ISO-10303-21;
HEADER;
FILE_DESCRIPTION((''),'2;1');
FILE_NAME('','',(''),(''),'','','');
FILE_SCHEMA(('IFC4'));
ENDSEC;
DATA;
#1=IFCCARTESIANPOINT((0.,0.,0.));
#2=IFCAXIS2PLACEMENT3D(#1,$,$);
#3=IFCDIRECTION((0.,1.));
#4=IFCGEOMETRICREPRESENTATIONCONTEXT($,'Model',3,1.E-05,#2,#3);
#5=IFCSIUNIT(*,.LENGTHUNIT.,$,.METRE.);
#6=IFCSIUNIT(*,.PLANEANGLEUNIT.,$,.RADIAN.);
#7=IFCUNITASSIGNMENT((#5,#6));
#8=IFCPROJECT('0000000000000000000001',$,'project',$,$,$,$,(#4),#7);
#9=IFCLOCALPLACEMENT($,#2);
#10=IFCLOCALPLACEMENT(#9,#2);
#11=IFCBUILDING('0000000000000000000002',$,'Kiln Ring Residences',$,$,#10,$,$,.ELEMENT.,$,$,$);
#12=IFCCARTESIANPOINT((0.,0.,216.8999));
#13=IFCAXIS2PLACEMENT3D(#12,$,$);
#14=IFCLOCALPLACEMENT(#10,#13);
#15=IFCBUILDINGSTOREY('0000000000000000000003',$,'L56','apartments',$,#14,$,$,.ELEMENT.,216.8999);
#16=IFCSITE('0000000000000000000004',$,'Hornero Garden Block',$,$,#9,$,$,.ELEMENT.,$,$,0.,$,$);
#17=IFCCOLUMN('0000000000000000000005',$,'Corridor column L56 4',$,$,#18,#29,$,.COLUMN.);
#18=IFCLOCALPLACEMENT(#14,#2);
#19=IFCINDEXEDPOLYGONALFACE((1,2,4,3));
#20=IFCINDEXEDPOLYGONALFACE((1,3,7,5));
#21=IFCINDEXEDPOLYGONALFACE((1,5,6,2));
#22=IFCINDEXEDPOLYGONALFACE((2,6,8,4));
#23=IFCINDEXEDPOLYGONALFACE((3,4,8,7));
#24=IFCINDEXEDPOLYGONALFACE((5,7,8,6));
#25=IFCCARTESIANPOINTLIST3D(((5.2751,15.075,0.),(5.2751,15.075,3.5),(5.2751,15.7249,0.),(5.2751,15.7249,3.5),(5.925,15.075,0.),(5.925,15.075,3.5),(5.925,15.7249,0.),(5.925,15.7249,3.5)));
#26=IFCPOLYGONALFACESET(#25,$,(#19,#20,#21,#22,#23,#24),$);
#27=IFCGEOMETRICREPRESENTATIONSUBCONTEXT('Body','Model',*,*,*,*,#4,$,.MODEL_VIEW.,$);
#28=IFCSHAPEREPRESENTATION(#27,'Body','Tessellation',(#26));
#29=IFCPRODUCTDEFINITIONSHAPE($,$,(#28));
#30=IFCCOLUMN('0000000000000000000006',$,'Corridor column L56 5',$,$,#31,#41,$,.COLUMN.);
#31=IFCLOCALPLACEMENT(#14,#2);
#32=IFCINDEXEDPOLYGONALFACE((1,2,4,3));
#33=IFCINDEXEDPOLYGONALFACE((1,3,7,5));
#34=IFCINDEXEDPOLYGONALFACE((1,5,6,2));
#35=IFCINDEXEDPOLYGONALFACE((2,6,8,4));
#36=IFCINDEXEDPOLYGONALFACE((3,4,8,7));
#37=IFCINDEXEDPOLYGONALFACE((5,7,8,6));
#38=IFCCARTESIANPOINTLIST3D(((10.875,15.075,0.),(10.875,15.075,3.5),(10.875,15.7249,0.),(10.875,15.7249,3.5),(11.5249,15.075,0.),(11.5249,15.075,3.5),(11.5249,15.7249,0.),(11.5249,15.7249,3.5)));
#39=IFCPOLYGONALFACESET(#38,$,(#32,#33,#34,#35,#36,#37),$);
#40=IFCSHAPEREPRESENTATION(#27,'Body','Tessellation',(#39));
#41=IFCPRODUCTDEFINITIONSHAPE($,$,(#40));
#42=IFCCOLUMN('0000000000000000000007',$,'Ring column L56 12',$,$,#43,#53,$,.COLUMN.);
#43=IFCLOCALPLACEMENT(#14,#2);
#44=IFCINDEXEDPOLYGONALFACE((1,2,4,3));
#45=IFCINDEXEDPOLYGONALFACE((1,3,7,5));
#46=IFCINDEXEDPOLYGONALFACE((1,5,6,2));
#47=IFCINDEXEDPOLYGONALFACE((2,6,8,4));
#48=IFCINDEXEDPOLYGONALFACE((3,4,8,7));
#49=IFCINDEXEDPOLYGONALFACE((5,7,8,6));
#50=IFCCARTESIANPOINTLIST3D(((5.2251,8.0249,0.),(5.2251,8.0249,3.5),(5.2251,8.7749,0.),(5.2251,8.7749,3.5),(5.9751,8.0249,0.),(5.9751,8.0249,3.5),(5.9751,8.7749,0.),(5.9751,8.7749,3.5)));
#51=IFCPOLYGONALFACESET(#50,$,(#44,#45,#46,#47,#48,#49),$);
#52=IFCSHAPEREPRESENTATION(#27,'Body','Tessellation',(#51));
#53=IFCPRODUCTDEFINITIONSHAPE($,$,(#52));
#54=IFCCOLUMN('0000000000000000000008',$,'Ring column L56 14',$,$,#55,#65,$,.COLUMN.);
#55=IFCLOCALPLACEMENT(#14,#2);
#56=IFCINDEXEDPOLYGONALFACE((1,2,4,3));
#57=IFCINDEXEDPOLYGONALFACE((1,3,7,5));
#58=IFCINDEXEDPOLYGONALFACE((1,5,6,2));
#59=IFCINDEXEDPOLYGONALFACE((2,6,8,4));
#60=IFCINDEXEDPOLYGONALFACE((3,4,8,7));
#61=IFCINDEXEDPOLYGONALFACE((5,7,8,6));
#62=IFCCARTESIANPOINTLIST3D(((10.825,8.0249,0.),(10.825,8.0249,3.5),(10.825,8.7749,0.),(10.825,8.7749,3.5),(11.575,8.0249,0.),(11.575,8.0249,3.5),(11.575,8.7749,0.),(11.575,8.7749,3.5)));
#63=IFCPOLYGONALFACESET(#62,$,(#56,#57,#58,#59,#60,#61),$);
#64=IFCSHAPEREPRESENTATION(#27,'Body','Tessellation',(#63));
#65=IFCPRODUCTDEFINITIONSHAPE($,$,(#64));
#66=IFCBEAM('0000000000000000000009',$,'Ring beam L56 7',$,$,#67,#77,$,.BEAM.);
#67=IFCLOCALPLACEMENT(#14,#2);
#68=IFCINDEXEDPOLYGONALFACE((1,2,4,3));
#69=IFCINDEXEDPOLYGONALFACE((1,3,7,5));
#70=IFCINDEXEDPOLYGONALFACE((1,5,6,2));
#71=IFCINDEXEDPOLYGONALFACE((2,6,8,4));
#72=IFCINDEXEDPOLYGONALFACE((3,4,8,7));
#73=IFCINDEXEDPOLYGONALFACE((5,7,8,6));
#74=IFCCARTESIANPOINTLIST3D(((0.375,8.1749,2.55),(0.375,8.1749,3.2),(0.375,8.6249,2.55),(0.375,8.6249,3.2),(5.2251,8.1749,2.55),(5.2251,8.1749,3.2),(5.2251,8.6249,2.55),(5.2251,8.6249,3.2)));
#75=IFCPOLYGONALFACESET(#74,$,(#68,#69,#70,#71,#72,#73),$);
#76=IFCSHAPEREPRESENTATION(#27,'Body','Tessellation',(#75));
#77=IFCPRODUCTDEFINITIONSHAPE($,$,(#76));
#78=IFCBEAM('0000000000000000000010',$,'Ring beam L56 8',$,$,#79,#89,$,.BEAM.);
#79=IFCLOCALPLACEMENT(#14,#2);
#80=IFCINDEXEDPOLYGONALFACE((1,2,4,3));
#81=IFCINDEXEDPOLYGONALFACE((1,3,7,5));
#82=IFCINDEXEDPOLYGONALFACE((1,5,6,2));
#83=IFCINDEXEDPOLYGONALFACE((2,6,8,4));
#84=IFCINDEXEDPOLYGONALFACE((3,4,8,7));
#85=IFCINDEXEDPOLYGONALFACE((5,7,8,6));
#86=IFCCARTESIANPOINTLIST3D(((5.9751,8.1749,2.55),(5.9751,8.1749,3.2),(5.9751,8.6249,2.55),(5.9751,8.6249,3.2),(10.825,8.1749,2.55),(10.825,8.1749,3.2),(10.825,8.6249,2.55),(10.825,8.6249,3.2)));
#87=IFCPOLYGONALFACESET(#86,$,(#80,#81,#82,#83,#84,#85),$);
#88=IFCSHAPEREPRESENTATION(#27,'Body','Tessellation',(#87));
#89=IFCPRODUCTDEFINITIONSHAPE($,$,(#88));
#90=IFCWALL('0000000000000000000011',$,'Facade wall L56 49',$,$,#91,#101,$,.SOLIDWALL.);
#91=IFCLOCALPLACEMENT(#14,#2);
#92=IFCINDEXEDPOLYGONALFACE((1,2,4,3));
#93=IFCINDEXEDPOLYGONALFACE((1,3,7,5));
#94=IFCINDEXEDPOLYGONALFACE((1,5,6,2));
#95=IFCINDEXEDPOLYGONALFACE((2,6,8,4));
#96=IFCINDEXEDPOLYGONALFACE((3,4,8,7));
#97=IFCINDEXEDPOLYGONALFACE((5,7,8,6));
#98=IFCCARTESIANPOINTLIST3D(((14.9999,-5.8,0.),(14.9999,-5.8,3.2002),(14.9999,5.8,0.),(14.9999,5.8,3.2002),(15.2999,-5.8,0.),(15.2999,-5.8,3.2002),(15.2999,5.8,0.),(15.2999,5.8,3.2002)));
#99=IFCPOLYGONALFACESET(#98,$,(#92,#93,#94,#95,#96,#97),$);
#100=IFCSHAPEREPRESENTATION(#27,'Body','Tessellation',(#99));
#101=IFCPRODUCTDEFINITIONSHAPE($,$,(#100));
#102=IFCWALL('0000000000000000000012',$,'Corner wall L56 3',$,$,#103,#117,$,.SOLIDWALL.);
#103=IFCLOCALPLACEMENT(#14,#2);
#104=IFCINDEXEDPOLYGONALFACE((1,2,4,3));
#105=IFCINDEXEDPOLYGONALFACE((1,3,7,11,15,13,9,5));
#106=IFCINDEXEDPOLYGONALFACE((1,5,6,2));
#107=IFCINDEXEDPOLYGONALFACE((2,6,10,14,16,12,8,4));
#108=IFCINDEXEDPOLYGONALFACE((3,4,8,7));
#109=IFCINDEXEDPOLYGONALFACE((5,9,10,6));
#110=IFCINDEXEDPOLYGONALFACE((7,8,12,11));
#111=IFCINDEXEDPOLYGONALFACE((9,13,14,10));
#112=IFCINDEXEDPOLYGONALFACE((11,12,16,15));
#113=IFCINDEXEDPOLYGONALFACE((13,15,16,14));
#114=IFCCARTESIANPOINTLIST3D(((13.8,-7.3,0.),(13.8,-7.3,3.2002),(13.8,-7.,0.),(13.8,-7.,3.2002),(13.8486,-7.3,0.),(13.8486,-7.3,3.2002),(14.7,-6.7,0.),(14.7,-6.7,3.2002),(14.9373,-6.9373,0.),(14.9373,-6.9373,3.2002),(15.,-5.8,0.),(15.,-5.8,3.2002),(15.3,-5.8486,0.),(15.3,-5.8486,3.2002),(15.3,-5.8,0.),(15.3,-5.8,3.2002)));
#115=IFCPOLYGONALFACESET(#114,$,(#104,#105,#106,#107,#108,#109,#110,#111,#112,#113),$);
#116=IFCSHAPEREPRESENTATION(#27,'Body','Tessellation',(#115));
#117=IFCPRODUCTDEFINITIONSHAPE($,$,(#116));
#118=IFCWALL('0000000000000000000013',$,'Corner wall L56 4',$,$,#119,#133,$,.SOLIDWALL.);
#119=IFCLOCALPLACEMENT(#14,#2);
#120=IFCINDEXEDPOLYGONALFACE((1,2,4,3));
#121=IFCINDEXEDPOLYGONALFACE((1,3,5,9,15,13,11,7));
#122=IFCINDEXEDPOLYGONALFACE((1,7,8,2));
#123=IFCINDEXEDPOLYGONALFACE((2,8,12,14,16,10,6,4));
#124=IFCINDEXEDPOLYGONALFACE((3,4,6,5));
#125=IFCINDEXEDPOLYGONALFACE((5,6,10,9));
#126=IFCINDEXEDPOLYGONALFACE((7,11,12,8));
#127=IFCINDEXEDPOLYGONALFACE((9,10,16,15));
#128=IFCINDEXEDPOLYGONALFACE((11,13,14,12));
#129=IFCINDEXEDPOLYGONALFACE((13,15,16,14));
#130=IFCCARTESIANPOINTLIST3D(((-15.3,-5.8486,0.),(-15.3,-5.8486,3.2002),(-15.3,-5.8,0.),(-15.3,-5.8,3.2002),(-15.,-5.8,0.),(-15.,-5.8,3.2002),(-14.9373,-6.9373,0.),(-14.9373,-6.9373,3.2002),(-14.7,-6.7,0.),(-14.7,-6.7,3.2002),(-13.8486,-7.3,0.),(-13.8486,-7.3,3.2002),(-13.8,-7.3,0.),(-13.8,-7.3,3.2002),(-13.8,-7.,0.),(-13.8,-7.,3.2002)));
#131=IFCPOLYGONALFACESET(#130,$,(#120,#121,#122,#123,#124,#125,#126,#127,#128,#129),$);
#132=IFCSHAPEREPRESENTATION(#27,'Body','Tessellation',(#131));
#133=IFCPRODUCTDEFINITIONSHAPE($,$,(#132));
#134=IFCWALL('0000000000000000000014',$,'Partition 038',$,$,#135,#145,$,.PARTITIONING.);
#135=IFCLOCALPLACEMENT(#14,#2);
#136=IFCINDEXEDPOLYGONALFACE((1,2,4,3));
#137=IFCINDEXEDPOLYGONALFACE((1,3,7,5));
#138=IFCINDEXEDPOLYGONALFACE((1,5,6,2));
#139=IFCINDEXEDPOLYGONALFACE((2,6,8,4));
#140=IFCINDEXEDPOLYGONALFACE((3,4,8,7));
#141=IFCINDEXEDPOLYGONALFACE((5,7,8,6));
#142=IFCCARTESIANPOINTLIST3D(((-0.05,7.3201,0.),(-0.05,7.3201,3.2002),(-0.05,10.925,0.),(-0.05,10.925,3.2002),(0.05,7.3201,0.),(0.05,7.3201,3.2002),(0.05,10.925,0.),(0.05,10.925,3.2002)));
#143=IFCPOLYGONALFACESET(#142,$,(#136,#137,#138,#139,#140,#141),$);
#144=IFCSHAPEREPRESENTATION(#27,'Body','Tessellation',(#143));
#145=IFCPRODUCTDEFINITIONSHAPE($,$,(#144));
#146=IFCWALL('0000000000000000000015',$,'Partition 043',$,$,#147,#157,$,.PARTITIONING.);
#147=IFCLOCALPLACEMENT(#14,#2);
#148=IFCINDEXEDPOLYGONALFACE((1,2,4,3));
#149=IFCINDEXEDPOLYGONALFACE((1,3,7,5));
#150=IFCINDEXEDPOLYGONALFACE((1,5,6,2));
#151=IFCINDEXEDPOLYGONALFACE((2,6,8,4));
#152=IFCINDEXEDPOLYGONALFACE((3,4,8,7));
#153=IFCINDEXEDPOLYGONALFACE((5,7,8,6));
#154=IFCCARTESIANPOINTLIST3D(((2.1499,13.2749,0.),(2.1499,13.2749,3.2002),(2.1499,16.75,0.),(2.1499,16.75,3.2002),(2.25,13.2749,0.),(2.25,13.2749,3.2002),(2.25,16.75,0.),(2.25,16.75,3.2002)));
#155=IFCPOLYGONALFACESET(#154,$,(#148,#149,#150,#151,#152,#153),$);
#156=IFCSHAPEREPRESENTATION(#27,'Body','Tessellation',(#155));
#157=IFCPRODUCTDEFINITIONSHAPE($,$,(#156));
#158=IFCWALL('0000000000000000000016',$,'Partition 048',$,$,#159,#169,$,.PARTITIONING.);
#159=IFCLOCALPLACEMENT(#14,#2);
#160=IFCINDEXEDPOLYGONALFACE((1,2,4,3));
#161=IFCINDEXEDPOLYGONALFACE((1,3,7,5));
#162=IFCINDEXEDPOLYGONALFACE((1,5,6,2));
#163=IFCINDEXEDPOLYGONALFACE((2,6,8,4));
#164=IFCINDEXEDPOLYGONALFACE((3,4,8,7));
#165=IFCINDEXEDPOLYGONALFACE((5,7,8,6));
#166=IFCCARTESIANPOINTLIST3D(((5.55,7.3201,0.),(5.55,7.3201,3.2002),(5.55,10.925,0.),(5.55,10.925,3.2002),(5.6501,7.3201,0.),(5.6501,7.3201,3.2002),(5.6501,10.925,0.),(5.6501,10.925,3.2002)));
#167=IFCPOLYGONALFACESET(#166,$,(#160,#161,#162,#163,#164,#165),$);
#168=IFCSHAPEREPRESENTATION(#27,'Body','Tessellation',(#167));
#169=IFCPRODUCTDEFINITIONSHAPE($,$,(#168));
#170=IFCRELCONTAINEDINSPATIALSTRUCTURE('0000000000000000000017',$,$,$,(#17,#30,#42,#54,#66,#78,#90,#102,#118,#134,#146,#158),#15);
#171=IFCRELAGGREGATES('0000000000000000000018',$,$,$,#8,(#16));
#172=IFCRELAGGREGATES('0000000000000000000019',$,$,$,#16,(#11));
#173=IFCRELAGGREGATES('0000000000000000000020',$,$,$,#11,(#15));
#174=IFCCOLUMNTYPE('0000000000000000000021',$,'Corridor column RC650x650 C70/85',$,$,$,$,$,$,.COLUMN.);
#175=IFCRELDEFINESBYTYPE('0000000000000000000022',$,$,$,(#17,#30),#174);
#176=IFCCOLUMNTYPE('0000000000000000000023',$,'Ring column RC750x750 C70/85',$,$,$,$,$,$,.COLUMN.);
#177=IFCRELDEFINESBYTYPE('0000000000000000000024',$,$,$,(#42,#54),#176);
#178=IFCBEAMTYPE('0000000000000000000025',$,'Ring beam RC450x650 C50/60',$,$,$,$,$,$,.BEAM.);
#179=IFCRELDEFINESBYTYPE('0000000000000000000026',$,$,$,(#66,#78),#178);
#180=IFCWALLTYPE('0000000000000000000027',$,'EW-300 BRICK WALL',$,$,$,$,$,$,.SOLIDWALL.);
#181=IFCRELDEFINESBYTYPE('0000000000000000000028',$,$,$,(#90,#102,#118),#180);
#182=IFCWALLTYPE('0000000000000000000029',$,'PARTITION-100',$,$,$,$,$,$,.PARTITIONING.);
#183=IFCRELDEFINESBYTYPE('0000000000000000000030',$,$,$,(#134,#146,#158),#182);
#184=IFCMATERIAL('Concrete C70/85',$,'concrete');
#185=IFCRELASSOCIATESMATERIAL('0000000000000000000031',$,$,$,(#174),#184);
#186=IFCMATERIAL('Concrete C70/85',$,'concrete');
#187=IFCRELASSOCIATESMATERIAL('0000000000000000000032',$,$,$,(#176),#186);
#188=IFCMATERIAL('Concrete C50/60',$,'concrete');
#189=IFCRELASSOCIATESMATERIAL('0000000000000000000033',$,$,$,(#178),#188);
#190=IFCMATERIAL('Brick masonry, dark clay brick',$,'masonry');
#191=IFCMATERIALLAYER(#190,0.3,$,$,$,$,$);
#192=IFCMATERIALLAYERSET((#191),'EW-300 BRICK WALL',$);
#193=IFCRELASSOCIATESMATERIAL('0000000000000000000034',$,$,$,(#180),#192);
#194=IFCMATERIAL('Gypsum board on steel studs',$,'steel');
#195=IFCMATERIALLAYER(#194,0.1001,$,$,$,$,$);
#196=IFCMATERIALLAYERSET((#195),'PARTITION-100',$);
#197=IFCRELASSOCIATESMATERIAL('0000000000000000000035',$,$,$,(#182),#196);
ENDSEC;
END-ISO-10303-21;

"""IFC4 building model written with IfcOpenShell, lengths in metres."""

from ifc_helpers import new_model, si_unit, direction, frame, frame_2d, origin, origin_2d, place, context, subcontext, project, spatial, polyline, rectangle, outline, extrude, material, layer, layer_set, material_profile, profile_set, type_object, element, save


model = new_model("IFC4")

# Units and contexts
model_context = context("Model", 3, precision=1e-05, world=origin(), true_north=direction((0.0, 1.0)))
body_context = subcontext(model_context, "Body", "Model", "MODEL_VIEW")
ifc_project = project(units=[si_unit("LENGTHUNIT", "METRE"), si_unit("PLANEANGLEUNIT", "RADIAN")], contexts=[model_context])

# Site, building, storey
site_placement = place(None, origin())
site = spatial("IfcSite", under=ifc_project, at=site_placement, Name="Hornero Garden Block", CompositionType="ELEMENT", RefElevation=0.0)
building_placement = place(site_placement, origin())
building = spatial("IfcBuilding", under=site, at=building_placement, Name="Kiln Ring Residences", CompositionType="ELEMENT")
storey_placement = place(building_placement, frame((0.0, 0.0, 216.8999)))
storey = spatial("IfcBuildingStorey", under=building, at=storey_placement, Name="L56", Description="apartments", CompositionType="ELEMENT", Elevation=216.8999)

# Columns
ifc_material_1 = material(Name="Concrete C70/85", Category="concrete")
ifc_material_profile_1 = material_profile(ifc_material_1, rectangle(XDim=0.6499, YDim=0.6499, at=origin_2d()), Name="RC650x650")
ifc_profile_set_1 = profile_set([ifc_material_profile_1], Name="Concrete C70/85")
column_type_1 = type_object("IfcColumnType", Name="Corridor column RC650x650 C70/85", PredefinedType="COLUMN", material=ifc_profile_set_1)
for number, where, z_axis, x_axis, name in (
    (1, (5.6001, 15.3999, 0.0), (0.0, 0.0, 1.0), (1.0, 0.0, 0.0), "Corridor column L56 4"),
    (2, (11.2, 15.3999, 0.0), (0.0, 0.0, 1.0), (1.0, 0.0, 0.0), "Corridor column L56 5"),
):
    element("IfcColumn", number, at=place(storey_placement, frame(where, z_axis=z_axis, x_axis=x_axis)), inside=storey, type_object=column_type_1, Name=name, PredefinedType="COLUMN", context=body_context, shape_type="SweptSolid", body=[
        extrude(rectangle(XDim=0.6499, YDim=0.6499, at=origin_2d()), origin(), (0.0, 0.0, 1.0), 3.5),
    ])
ifc_material_2 = material(Name="Concrete C70/85", Category="concrete")
ifc_material_profile_2 = material_profile(ifc_material_2, rectangle(XDim=0.75, YDim=0.75, at=origin_2d()), Name="RC750x750")
ifc_profile_set_2 = profile_set([ifc_material_profile_2], Name="Concrete C70/85")
column_type_2 = type_object("IfcColumnType", Name="Ring column RC750x750 C70/85", PredefinedType="COLUMN", material=ifc_profile_set_2)
for number, where, z_axis, x_axis, name in (
    (3, (5.6001, 8.3999, 0.0), (0.0, 0.0, 1.0), (1.0, 0.0, 0.0), "Ring column L56 12"),
    (4, (11.2, 8.3999, 0.0), (0.0, 0.0, 1.0), (1.0, 0.0, 0.0), "Ring column L56 14"),
):
    element("IfcColumn", number, at=place(storey_placement, frame(where, z_axis=z_axis, x_axis=x_axis)), inside=storey, type_object=column_type_2, Name=name, PredefinedType="COLUMN", context=body_context, shape_type="SweptSolid", body=[
        extrude(rectangle(XDim=0.75, YDim=0.75, at=origin_2d()), origin(), (0.0, 0.0, 1.0), 3.5),
    ])

# Beams
ifc_material_3 = material(Name="Concrete C50/60", Category="concrete")
ifc_material_profile_3 = material_profile(ifc_material_3, rectangle(XDim=0.45, YDim=0.6499, at=origin_2d()), Name="RC450x650")
ifc_profile_set_3 = profile_set([ifc_material_profile_3], Name="Concrete C50/60")
beam_type = type_object("IfcBeamType", Name="Ring beam RC450x650 C50/60", PredefinedType="BEAM", material=ifc_profile_set_3)
beam_1_placement = place(storey_placement, frame((0.375, 8.3999, 2.875), z_axis=(1.0, 0.0, 0.0), x_axis=(0.0, 1.0, 0.0)))
element("IfcBeam", 5, at=beam_1_placement, inside=storey, type_object=beam_type, Name="Ring beam L56 7", PredefinedType="BEAM", context=body_context, shape_type="SweptSolid", body=[
    extrude(rectangle(XDim=0.45, YDim=0.6499, at=origin_2d()), origin(), (0.0, 0.0, 1.0), 4.8501),
])
beam_2_placement = place(storey_placement, frame((5.9751, 8.3999, 2.875), z_axis=(1.0, 0.0, 0.0), x_axis=(0.0, 1.0, 0.0)))
element("IfcBeam", 6, at=beam_2_placement, inside=storey, type_object=beam_type, Name="Ring beam L56 8", PredefinedType="BEAM", context=body_context, shape_type="SweptSolid", body=[
    extrude(rectangle(XDim=0.45, YDim=0.6499, at=origin_2d()), origin(), (0.0, 0.0, 1.0), 4.8499),
])

# Walls
ifc_material_4 = material(Name="Brick masonry, dark clay brick", Category="masonry")
ifc_layer_1 = layer(ifc_material_4, 0.3)
ifc_layer_set_1 = layer_set([ifc_layer_1], Name="EW-300 BRICK WALL")
wall_type_1 = type_object("IfcWallType", Name="EW-300 BRICK WALL", PredefinedType="SOLIDWALL", material=ifc_layer_set_1)
wall_1_placement = place(storey_placement, frame((15.1499, 5.8, 0.0), z_axis=(0.0, 0.0, 1.0), x_axis=(0.0, -1.0, 0.0)))
element("IfcWall", 7, at=wall_1_placement, inside=storey, type_object=wall_type_1, Name="Facade wall L56 49", PredefinedType="SOLIDWALL", context=body_context, shape_type="SweptSolid", body=[
    extrude(rectangle(XDim=11.6001, YDim=0.3, at=frame_2d((5.8, 0.0))), origin(), (0.0, 0.0, 1.0), 3.2002),
])
placement = place(storey_placement, origin())
element("IfcWall", 8, at=placement, inside=storey, type_object=wall_type_1, Name="Corner wall L56 3", PredefinedType="SOLIDWALL", context=body_context, shape_type="SweptSolid", body=[
    extrude(outline(polyline([(14.9373, -6.9373), (15.3, -5.8486), (15.3, -5.8), (15.0, -5.8), (14.7, -6.7), (13.8, -7.0), (13.8, -7.3), (13.8486, -7.3), (14.9373, -6.9373)])), origin(), (0.0, 0.0, 1.0), 3.2002),
])
element("IfcWall", 9, at=placement, inside=storey, type_object=wall_type_1, Name="Corner wall L56 4", PredefinedType="SOLIDWALL", context=body_context, shape_type="SweptSolid", body=[
    extrude(outline(polyline([(-14.9373, -6.9373), (-13.8486, -7.3), (-13.8, -7.3), (-13.8, -7.0), (-14.7, -6.7), (-15.0, -5.8), (-15.3, -5.8), (-15.3, -5.8486), (-14.9373, -6.9373)])), origin(), (0.0, 0.0, 1.0), 3.2002),
])
ifc_material_5 = material(Name="Gypsum board on steel studs", Category="steel")
ifc_layer_2 = layer(ifc_material_5, 0.1001)
ifc_layer_set_2 = layer_set([ifc_layer_2], Name="PARTITION-100")
wall_type_2 = type_object("IfcWallType", Name="PARTITION-100", PredefinedType="PARTITIONING", material=ifc_layer_set_2)
wall_2_placement = place(storey_placement, frame((0.0, 7.3201, 0.0), z_axis=(0.0, 0.0, 1.0), x_axis=(0.0, 1.0, 0.0)))
element("IfcWall", 10, at=wall_2_placement, inside=storey, type_object=wall_type_2, Name="Partition 038", PredefinedType="PARTITIONING", context=body_context, shape_type="SweptSolid", body=[
    extrude(rectangle(XDim=3.605, YDim=0.1001, at=frame_2d((1.8025, 0.0))), origin(), (0.0, 0.0, 1.0), 3.2002),
])
wall_3_placement = place(storey_placement, frame((2.2, 13.2749, 0.0), z_axis=(0.0, 0.0, 1.0), x_axis=(0.0, 1.0, 0.0)))
element("IfcWall", 11, at=wall_3_placement, inside=storey, type_object=wall_type_2, Name="Partition 043", PredefinedType="PARTITIONING", context=body_context, shape_type="SweptSolid", body=[
    extrude(rectangle(XDim=3.4751, YDim=0.1001, at=frame_2d((1.7375, 0.0))), origin(), (0.0, 0.0, 1.0), 3.2002),
])
wall_4_placement = place(storey_placement, frame((5.6001, 7.3201, 0.0), z_axis=(0.0, 0.0, 1.0), x_axis=(0.0, 1.0, 0.0)))
element("IfcWall", 12, at=wall_4_placement, inside=storey, type_object=wall_type_2, Name="Partition 048", PredefinedType="PARTITIONING", context=body_context, shape_type="SweptSolid", body=[
    extrude(rectangle(XDim=3.605, YDim=0.1001, at=frame_2d((1.8025, 0.0))), origin(), (0.0, 0.0, 1.0), 3.2002),
])

save(model, "model.ifc")
